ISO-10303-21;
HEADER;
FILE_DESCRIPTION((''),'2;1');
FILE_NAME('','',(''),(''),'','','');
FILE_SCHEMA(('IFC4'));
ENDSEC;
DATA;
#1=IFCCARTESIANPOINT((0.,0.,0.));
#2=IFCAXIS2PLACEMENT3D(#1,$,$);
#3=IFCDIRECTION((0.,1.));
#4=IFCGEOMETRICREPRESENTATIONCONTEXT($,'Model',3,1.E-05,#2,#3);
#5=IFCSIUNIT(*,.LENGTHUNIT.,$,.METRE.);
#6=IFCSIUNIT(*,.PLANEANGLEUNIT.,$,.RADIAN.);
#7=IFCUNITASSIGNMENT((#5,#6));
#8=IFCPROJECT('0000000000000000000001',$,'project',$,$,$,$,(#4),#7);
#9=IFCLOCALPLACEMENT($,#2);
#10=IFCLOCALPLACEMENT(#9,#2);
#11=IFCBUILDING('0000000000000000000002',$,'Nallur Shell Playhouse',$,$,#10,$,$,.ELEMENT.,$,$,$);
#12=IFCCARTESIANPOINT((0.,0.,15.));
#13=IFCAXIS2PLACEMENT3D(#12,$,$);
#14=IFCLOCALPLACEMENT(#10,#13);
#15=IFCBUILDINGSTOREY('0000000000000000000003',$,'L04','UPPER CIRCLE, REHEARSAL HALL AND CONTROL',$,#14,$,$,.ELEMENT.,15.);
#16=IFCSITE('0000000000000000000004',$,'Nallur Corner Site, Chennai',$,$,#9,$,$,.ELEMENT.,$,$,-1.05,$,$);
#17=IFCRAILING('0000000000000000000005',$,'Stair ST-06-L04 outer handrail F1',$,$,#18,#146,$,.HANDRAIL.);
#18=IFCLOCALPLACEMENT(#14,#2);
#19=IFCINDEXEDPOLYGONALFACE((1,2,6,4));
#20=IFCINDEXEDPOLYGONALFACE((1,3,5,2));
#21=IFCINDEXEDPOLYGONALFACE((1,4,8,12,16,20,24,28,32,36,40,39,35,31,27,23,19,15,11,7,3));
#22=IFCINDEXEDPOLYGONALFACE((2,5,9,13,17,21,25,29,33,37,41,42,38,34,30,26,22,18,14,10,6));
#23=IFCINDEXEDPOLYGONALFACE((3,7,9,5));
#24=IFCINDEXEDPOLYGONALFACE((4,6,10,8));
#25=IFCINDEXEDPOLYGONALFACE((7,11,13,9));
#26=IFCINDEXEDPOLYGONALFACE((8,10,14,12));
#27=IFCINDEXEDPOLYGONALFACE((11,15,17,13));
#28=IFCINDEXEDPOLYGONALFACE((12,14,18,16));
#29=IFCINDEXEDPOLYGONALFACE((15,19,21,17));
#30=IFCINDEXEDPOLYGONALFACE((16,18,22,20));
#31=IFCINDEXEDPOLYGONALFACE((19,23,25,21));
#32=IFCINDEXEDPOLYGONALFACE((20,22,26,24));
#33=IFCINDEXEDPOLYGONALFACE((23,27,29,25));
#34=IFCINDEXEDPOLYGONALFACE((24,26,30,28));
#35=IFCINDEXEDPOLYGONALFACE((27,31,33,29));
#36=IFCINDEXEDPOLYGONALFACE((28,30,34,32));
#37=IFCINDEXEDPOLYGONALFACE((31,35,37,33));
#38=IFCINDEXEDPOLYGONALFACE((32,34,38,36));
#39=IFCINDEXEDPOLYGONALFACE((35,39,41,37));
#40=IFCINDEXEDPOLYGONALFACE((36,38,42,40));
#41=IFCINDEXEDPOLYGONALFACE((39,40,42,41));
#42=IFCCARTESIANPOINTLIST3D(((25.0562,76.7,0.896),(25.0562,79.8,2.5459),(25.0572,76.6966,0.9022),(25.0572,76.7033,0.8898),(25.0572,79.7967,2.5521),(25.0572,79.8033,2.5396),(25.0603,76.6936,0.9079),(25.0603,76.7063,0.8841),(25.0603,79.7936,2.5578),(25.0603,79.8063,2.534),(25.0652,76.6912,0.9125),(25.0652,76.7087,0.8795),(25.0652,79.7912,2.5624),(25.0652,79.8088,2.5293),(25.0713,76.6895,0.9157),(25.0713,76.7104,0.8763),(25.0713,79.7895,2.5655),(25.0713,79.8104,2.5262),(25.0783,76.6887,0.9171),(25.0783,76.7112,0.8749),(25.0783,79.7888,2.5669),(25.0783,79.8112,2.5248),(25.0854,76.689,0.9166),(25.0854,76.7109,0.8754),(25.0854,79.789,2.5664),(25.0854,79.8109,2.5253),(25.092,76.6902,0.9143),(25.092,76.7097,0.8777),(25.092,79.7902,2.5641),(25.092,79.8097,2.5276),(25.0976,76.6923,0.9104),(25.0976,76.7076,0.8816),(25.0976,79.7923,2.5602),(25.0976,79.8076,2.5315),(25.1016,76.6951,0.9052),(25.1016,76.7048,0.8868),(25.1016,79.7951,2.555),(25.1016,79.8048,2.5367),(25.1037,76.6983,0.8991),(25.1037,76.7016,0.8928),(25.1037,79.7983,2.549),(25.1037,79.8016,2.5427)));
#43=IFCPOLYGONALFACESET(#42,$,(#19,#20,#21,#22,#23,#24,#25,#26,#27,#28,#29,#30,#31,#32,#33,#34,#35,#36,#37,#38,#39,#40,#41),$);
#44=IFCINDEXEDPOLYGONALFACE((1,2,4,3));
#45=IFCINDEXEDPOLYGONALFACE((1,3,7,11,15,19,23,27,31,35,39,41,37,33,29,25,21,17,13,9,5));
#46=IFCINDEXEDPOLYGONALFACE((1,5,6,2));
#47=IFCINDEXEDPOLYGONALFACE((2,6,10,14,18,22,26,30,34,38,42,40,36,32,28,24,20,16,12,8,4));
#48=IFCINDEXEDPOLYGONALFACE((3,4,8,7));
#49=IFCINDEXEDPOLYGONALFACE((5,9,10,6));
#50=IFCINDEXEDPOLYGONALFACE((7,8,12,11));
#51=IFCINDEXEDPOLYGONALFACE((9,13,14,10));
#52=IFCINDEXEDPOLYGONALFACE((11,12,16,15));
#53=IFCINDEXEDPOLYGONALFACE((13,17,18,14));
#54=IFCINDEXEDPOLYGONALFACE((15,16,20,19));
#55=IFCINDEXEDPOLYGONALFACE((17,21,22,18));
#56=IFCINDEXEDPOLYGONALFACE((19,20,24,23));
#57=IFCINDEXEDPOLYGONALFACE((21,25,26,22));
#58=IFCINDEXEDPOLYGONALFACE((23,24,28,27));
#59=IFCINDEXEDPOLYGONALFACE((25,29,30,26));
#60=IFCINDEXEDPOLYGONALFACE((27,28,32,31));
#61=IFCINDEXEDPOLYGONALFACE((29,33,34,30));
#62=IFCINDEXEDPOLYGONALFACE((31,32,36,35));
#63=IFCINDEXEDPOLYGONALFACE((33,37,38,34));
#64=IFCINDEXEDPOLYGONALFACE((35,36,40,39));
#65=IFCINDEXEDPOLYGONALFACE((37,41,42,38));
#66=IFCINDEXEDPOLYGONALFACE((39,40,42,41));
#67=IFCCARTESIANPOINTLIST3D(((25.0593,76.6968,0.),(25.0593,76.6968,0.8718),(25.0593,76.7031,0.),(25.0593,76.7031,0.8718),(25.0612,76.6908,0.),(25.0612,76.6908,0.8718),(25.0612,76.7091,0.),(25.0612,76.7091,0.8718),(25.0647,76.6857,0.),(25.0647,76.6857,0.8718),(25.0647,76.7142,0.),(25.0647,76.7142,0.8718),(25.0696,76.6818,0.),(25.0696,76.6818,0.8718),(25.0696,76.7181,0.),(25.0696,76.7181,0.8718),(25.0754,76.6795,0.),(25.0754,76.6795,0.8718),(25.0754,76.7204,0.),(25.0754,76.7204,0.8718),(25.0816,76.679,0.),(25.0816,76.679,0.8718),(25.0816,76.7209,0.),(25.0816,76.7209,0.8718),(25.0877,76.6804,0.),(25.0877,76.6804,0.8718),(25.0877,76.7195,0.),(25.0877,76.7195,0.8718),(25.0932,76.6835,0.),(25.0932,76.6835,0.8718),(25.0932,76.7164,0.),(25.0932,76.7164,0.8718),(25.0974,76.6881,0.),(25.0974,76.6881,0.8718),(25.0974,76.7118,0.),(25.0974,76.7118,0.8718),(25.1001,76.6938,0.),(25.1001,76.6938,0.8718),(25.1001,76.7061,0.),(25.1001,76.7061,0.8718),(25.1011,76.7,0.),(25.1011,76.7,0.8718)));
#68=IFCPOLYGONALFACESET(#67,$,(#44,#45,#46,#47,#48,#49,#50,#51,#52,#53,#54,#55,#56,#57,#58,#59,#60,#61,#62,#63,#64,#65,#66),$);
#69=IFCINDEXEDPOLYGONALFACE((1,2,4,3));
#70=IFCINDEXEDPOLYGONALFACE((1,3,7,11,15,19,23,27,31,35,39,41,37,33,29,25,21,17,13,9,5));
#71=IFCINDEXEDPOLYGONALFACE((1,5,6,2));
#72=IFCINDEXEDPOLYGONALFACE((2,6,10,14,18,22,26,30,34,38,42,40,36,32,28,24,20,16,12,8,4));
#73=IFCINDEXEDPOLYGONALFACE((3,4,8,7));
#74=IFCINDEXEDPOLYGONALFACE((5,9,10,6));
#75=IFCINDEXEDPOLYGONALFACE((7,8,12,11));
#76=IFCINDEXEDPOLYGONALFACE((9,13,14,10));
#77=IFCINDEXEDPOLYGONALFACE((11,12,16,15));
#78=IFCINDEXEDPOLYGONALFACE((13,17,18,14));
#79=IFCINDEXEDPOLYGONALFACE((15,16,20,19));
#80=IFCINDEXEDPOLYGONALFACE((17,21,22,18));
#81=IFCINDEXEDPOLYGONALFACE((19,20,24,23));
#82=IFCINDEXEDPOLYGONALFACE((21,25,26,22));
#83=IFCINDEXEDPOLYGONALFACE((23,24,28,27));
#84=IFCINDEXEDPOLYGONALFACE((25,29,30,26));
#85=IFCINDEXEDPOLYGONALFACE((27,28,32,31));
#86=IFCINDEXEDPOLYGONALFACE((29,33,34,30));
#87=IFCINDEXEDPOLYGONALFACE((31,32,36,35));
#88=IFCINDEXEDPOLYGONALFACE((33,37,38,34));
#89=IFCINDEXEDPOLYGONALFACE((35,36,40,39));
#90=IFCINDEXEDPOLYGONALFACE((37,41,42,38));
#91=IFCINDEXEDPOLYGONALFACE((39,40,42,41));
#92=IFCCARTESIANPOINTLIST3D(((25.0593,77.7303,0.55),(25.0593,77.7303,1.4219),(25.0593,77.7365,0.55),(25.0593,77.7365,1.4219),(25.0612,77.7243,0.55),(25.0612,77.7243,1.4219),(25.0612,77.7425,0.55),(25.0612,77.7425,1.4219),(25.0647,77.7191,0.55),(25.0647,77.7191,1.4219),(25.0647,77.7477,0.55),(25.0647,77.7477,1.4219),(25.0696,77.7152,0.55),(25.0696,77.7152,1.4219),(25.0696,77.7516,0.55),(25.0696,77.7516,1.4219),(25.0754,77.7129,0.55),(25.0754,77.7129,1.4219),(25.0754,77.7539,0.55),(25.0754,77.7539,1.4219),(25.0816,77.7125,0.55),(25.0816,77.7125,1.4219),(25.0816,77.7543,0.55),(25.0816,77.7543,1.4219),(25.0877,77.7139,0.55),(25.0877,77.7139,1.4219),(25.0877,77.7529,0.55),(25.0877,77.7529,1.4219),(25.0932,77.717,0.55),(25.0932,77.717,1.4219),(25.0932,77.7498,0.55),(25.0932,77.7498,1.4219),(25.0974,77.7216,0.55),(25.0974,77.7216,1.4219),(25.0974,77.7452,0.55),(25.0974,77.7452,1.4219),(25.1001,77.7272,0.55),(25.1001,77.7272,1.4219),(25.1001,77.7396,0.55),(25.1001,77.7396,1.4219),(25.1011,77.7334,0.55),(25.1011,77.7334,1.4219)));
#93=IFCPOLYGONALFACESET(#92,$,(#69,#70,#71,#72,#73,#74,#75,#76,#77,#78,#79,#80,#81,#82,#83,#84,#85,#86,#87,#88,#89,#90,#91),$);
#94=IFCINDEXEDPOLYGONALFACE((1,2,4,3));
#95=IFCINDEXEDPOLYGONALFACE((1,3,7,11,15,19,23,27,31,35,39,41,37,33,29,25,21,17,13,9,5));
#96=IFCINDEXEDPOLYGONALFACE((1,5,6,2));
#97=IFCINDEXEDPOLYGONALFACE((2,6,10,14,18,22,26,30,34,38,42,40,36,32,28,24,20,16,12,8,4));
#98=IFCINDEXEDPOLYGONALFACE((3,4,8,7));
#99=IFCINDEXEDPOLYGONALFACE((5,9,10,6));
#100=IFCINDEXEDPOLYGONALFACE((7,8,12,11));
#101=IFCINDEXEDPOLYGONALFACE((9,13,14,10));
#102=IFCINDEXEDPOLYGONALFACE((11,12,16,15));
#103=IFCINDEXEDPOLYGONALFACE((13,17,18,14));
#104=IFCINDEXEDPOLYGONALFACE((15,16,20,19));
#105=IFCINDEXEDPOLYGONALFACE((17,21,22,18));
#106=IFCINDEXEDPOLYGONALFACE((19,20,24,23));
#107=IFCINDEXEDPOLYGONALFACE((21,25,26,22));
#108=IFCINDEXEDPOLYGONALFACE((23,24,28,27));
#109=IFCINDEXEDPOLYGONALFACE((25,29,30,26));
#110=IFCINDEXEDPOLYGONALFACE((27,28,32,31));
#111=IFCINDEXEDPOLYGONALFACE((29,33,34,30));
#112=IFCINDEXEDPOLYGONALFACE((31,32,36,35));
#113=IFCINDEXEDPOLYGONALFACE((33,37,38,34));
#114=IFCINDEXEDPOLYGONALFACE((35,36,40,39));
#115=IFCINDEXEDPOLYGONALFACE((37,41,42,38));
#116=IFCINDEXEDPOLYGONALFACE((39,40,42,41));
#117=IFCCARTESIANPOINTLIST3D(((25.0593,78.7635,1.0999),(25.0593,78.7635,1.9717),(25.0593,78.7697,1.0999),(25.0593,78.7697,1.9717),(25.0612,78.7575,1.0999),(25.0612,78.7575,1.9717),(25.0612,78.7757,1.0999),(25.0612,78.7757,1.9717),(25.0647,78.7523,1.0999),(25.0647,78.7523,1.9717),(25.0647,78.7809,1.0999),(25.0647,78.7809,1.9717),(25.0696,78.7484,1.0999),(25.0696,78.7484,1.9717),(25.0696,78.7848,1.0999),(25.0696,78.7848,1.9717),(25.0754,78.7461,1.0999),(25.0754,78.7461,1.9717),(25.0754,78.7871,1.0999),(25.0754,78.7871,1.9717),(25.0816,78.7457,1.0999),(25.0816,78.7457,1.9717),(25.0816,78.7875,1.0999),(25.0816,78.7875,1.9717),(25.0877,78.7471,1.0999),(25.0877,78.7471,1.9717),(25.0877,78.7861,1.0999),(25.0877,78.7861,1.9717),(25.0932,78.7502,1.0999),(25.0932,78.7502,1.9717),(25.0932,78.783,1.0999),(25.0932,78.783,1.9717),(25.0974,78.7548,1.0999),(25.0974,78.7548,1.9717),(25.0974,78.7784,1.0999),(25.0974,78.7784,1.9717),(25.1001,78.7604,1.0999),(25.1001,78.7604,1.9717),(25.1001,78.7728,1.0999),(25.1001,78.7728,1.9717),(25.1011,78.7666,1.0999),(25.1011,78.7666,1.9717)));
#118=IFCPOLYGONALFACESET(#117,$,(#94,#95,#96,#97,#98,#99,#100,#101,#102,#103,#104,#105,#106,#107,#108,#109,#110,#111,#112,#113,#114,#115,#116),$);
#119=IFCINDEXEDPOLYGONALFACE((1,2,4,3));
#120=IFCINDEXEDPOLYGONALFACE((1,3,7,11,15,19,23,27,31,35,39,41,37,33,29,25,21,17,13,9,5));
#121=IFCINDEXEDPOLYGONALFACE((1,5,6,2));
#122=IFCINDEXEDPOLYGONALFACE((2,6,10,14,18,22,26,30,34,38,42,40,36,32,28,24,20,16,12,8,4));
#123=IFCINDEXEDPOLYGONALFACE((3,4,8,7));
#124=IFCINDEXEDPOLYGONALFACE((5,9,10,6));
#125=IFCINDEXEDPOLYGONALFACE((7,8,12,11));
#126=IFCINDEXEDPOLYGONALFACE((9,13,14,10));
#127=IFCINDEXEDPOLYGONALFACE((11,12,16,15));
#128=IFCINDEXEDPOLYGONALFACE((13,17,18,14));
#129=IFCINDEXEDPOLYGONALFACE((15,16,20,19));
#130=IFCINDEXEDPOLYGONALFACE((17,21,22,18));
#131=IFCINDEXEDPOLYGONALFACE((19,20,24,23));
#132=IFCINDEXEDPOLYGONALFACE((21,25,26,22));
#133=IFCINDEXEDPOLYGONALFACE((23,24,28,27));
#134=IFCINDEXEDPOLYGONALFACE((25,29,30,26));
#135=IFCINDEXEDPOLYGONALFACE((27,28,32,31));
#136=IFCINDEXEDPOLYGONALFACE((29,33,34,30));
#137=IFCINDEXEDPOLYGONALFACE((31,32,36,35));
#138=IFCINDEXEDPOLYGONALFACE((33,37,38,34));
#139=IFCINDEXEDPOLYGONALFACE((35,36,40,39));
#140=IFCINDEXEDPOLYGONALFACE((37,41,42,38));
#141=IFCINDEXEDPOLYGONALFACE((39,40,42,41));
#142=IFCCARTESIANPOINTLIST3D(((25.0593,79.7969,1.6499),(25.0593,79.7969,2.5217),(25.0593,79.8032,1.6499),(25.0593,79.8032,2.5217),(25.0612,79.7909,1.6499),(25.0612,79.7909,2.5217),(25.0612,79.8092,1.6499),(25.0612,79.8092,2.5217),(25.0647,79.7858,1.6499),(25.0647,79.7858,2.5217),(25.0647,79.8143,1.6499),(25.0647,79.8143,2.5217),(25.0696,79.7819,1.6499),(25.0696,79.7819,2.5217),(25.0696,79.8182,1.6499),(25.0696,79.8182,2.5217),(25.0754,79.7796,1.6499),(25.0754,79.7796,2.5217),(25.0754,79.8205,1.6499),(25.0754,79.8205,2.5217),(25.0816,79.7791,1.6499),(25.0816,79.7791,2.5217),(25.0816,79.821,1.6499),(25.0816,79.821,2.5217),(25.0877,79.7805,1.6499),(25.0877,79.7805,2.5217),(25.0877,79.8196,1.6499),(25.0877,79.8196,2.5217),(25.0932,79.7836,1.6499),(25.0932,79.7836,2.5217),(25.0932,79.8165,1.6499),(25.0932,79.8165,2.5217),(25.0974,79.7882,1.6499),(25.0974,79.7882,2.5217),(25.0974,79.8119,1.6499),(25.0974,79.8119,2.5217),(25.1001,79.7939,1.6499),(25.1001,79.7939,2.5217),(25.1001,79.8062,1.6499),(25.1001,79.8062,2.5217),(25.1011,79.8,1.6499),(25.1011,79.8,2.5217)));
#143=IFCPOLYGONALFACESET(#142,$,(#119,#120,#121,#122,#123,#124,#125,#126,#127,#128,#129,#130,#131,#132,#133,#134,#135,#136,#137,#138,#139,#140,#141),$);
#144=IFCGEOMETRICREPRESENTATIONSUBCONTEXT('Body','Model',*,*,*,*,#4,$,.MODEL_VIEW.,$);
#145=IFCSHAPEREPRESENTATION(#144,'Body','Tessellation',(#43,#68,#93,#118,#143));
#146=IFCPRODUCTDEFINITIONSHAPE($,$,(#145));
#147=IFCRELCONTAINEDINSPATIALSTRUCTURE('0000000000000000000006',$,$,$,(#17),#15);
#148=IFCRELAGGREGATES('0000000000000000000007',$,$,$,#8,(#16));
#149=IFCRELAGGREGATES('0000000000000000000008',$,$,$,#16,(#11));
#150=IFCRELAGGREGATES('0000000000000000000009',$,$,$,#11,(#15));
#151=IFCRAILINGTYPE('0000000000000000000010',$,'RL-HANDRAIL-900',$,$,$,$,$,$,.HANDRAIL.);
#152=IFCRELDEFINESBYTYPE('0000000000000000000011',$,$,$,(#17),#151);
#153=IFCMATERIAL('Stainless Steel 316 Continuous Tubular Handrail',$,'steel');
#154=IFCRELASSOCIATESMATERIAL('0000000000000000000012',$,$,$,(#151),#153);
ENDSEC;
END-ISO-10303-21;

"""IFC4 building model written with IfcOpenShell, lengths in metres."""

from ifc_helpers import new_model, si_unit, direction, frame, origin, origin_2d, place, context, subcontext, project, spatial, circle, extrude, material, type_object, element, save


model = new_model("IFC4")

# Units and contexts
model_context = context("Model", 3, precision=1e-05, world=origin(), true_north=direction((0.0, 1.0)))
body_context = subcontext(model_context, "Body", "Model", "MODEL_VIEW")
ifc_project = project(units=[si_unit("LENGTHUNIT", "METRE"), si_unit("PLANEANGLEUNIT", "RADIAN")], contexts=[model_context])

# Site, building, storey
site_placement = place(None, origin())
site = spatial("IfcSite", under=ifc_project, at=site_placement, Name="Nallur Corner Site, Chennai", CompositionType="ELEMENT", RefElevation=-1.05)
building_placement = place(site_placement, origin())
building = spatial("IfcBuilding", under=site, at=building_placement, Name="Nallur Shell Playhouse", CompositionType="ELEMENT")
storey_placement = place(building_placement, frame((0.0, 0.0, 15.0)))
storey = spatial("IfcBuildingStorey", under=building, at=storey_placement, Name="L04", Description="UPPER CIRCLE, REHEARSAL HALL AND CONTROL", CompositionType="ELEMENT", Elevation=15.0)

# Railing
ifc_material_1 = material(Name="Stainless Steel 316 Continuous Tubular Handrail", Category="steel")
railing_type_1 = type_object("IfcRailingType", Name="RL-HANDRAIL-900", PredefinedType="HANDRAIL", material=ifc_material_1)
railing_1_placement = place(storey_placement, frame((25.0801, 76.7, 0.0)))
element("IfcRailing", 1, at=railing_1_placement, inside=storey, type_object=railing_type_1, Name="Stair ST-06-L04 outer handrail F1", PredefinedType="HANDRAIL", context=body_context, shape_type="SweptSolid", body=[
    extrude(circle(Radius=0.0239, at=origin_2d()), frame((0.0, 0.0, 0.896), z_axis=(0.0, 0.882764, 0.469816), x_axis=(-1.0, 0.0, 0.0)), (0.0, 0.0, 1.0), 3.5117),
    extrude(circle(Radius=0.021, at=origin_2d()), origin(), (0.0, 0.0, 1.0), 0.8718),
    extrude(circle(Radius=0.021, at=origin_2d()), frame((0.0, 1.0334, 0.55)), (0.0, 0.0, 1.0), 0.8718),
    extrude(circle(Radius=0.021, at=origin_2d()), frame((0.0, 2.0667, 1.0999)), (0.0, 0.0, 1.0), 0.8718),
    extrude(circle(Radius=0.021, at=origin_2d()), frame((0.0, 3.1001, 1.6499)), (0.0, 0.0, 1.0), 0.8718),
])

save(model, "model.ifc")
